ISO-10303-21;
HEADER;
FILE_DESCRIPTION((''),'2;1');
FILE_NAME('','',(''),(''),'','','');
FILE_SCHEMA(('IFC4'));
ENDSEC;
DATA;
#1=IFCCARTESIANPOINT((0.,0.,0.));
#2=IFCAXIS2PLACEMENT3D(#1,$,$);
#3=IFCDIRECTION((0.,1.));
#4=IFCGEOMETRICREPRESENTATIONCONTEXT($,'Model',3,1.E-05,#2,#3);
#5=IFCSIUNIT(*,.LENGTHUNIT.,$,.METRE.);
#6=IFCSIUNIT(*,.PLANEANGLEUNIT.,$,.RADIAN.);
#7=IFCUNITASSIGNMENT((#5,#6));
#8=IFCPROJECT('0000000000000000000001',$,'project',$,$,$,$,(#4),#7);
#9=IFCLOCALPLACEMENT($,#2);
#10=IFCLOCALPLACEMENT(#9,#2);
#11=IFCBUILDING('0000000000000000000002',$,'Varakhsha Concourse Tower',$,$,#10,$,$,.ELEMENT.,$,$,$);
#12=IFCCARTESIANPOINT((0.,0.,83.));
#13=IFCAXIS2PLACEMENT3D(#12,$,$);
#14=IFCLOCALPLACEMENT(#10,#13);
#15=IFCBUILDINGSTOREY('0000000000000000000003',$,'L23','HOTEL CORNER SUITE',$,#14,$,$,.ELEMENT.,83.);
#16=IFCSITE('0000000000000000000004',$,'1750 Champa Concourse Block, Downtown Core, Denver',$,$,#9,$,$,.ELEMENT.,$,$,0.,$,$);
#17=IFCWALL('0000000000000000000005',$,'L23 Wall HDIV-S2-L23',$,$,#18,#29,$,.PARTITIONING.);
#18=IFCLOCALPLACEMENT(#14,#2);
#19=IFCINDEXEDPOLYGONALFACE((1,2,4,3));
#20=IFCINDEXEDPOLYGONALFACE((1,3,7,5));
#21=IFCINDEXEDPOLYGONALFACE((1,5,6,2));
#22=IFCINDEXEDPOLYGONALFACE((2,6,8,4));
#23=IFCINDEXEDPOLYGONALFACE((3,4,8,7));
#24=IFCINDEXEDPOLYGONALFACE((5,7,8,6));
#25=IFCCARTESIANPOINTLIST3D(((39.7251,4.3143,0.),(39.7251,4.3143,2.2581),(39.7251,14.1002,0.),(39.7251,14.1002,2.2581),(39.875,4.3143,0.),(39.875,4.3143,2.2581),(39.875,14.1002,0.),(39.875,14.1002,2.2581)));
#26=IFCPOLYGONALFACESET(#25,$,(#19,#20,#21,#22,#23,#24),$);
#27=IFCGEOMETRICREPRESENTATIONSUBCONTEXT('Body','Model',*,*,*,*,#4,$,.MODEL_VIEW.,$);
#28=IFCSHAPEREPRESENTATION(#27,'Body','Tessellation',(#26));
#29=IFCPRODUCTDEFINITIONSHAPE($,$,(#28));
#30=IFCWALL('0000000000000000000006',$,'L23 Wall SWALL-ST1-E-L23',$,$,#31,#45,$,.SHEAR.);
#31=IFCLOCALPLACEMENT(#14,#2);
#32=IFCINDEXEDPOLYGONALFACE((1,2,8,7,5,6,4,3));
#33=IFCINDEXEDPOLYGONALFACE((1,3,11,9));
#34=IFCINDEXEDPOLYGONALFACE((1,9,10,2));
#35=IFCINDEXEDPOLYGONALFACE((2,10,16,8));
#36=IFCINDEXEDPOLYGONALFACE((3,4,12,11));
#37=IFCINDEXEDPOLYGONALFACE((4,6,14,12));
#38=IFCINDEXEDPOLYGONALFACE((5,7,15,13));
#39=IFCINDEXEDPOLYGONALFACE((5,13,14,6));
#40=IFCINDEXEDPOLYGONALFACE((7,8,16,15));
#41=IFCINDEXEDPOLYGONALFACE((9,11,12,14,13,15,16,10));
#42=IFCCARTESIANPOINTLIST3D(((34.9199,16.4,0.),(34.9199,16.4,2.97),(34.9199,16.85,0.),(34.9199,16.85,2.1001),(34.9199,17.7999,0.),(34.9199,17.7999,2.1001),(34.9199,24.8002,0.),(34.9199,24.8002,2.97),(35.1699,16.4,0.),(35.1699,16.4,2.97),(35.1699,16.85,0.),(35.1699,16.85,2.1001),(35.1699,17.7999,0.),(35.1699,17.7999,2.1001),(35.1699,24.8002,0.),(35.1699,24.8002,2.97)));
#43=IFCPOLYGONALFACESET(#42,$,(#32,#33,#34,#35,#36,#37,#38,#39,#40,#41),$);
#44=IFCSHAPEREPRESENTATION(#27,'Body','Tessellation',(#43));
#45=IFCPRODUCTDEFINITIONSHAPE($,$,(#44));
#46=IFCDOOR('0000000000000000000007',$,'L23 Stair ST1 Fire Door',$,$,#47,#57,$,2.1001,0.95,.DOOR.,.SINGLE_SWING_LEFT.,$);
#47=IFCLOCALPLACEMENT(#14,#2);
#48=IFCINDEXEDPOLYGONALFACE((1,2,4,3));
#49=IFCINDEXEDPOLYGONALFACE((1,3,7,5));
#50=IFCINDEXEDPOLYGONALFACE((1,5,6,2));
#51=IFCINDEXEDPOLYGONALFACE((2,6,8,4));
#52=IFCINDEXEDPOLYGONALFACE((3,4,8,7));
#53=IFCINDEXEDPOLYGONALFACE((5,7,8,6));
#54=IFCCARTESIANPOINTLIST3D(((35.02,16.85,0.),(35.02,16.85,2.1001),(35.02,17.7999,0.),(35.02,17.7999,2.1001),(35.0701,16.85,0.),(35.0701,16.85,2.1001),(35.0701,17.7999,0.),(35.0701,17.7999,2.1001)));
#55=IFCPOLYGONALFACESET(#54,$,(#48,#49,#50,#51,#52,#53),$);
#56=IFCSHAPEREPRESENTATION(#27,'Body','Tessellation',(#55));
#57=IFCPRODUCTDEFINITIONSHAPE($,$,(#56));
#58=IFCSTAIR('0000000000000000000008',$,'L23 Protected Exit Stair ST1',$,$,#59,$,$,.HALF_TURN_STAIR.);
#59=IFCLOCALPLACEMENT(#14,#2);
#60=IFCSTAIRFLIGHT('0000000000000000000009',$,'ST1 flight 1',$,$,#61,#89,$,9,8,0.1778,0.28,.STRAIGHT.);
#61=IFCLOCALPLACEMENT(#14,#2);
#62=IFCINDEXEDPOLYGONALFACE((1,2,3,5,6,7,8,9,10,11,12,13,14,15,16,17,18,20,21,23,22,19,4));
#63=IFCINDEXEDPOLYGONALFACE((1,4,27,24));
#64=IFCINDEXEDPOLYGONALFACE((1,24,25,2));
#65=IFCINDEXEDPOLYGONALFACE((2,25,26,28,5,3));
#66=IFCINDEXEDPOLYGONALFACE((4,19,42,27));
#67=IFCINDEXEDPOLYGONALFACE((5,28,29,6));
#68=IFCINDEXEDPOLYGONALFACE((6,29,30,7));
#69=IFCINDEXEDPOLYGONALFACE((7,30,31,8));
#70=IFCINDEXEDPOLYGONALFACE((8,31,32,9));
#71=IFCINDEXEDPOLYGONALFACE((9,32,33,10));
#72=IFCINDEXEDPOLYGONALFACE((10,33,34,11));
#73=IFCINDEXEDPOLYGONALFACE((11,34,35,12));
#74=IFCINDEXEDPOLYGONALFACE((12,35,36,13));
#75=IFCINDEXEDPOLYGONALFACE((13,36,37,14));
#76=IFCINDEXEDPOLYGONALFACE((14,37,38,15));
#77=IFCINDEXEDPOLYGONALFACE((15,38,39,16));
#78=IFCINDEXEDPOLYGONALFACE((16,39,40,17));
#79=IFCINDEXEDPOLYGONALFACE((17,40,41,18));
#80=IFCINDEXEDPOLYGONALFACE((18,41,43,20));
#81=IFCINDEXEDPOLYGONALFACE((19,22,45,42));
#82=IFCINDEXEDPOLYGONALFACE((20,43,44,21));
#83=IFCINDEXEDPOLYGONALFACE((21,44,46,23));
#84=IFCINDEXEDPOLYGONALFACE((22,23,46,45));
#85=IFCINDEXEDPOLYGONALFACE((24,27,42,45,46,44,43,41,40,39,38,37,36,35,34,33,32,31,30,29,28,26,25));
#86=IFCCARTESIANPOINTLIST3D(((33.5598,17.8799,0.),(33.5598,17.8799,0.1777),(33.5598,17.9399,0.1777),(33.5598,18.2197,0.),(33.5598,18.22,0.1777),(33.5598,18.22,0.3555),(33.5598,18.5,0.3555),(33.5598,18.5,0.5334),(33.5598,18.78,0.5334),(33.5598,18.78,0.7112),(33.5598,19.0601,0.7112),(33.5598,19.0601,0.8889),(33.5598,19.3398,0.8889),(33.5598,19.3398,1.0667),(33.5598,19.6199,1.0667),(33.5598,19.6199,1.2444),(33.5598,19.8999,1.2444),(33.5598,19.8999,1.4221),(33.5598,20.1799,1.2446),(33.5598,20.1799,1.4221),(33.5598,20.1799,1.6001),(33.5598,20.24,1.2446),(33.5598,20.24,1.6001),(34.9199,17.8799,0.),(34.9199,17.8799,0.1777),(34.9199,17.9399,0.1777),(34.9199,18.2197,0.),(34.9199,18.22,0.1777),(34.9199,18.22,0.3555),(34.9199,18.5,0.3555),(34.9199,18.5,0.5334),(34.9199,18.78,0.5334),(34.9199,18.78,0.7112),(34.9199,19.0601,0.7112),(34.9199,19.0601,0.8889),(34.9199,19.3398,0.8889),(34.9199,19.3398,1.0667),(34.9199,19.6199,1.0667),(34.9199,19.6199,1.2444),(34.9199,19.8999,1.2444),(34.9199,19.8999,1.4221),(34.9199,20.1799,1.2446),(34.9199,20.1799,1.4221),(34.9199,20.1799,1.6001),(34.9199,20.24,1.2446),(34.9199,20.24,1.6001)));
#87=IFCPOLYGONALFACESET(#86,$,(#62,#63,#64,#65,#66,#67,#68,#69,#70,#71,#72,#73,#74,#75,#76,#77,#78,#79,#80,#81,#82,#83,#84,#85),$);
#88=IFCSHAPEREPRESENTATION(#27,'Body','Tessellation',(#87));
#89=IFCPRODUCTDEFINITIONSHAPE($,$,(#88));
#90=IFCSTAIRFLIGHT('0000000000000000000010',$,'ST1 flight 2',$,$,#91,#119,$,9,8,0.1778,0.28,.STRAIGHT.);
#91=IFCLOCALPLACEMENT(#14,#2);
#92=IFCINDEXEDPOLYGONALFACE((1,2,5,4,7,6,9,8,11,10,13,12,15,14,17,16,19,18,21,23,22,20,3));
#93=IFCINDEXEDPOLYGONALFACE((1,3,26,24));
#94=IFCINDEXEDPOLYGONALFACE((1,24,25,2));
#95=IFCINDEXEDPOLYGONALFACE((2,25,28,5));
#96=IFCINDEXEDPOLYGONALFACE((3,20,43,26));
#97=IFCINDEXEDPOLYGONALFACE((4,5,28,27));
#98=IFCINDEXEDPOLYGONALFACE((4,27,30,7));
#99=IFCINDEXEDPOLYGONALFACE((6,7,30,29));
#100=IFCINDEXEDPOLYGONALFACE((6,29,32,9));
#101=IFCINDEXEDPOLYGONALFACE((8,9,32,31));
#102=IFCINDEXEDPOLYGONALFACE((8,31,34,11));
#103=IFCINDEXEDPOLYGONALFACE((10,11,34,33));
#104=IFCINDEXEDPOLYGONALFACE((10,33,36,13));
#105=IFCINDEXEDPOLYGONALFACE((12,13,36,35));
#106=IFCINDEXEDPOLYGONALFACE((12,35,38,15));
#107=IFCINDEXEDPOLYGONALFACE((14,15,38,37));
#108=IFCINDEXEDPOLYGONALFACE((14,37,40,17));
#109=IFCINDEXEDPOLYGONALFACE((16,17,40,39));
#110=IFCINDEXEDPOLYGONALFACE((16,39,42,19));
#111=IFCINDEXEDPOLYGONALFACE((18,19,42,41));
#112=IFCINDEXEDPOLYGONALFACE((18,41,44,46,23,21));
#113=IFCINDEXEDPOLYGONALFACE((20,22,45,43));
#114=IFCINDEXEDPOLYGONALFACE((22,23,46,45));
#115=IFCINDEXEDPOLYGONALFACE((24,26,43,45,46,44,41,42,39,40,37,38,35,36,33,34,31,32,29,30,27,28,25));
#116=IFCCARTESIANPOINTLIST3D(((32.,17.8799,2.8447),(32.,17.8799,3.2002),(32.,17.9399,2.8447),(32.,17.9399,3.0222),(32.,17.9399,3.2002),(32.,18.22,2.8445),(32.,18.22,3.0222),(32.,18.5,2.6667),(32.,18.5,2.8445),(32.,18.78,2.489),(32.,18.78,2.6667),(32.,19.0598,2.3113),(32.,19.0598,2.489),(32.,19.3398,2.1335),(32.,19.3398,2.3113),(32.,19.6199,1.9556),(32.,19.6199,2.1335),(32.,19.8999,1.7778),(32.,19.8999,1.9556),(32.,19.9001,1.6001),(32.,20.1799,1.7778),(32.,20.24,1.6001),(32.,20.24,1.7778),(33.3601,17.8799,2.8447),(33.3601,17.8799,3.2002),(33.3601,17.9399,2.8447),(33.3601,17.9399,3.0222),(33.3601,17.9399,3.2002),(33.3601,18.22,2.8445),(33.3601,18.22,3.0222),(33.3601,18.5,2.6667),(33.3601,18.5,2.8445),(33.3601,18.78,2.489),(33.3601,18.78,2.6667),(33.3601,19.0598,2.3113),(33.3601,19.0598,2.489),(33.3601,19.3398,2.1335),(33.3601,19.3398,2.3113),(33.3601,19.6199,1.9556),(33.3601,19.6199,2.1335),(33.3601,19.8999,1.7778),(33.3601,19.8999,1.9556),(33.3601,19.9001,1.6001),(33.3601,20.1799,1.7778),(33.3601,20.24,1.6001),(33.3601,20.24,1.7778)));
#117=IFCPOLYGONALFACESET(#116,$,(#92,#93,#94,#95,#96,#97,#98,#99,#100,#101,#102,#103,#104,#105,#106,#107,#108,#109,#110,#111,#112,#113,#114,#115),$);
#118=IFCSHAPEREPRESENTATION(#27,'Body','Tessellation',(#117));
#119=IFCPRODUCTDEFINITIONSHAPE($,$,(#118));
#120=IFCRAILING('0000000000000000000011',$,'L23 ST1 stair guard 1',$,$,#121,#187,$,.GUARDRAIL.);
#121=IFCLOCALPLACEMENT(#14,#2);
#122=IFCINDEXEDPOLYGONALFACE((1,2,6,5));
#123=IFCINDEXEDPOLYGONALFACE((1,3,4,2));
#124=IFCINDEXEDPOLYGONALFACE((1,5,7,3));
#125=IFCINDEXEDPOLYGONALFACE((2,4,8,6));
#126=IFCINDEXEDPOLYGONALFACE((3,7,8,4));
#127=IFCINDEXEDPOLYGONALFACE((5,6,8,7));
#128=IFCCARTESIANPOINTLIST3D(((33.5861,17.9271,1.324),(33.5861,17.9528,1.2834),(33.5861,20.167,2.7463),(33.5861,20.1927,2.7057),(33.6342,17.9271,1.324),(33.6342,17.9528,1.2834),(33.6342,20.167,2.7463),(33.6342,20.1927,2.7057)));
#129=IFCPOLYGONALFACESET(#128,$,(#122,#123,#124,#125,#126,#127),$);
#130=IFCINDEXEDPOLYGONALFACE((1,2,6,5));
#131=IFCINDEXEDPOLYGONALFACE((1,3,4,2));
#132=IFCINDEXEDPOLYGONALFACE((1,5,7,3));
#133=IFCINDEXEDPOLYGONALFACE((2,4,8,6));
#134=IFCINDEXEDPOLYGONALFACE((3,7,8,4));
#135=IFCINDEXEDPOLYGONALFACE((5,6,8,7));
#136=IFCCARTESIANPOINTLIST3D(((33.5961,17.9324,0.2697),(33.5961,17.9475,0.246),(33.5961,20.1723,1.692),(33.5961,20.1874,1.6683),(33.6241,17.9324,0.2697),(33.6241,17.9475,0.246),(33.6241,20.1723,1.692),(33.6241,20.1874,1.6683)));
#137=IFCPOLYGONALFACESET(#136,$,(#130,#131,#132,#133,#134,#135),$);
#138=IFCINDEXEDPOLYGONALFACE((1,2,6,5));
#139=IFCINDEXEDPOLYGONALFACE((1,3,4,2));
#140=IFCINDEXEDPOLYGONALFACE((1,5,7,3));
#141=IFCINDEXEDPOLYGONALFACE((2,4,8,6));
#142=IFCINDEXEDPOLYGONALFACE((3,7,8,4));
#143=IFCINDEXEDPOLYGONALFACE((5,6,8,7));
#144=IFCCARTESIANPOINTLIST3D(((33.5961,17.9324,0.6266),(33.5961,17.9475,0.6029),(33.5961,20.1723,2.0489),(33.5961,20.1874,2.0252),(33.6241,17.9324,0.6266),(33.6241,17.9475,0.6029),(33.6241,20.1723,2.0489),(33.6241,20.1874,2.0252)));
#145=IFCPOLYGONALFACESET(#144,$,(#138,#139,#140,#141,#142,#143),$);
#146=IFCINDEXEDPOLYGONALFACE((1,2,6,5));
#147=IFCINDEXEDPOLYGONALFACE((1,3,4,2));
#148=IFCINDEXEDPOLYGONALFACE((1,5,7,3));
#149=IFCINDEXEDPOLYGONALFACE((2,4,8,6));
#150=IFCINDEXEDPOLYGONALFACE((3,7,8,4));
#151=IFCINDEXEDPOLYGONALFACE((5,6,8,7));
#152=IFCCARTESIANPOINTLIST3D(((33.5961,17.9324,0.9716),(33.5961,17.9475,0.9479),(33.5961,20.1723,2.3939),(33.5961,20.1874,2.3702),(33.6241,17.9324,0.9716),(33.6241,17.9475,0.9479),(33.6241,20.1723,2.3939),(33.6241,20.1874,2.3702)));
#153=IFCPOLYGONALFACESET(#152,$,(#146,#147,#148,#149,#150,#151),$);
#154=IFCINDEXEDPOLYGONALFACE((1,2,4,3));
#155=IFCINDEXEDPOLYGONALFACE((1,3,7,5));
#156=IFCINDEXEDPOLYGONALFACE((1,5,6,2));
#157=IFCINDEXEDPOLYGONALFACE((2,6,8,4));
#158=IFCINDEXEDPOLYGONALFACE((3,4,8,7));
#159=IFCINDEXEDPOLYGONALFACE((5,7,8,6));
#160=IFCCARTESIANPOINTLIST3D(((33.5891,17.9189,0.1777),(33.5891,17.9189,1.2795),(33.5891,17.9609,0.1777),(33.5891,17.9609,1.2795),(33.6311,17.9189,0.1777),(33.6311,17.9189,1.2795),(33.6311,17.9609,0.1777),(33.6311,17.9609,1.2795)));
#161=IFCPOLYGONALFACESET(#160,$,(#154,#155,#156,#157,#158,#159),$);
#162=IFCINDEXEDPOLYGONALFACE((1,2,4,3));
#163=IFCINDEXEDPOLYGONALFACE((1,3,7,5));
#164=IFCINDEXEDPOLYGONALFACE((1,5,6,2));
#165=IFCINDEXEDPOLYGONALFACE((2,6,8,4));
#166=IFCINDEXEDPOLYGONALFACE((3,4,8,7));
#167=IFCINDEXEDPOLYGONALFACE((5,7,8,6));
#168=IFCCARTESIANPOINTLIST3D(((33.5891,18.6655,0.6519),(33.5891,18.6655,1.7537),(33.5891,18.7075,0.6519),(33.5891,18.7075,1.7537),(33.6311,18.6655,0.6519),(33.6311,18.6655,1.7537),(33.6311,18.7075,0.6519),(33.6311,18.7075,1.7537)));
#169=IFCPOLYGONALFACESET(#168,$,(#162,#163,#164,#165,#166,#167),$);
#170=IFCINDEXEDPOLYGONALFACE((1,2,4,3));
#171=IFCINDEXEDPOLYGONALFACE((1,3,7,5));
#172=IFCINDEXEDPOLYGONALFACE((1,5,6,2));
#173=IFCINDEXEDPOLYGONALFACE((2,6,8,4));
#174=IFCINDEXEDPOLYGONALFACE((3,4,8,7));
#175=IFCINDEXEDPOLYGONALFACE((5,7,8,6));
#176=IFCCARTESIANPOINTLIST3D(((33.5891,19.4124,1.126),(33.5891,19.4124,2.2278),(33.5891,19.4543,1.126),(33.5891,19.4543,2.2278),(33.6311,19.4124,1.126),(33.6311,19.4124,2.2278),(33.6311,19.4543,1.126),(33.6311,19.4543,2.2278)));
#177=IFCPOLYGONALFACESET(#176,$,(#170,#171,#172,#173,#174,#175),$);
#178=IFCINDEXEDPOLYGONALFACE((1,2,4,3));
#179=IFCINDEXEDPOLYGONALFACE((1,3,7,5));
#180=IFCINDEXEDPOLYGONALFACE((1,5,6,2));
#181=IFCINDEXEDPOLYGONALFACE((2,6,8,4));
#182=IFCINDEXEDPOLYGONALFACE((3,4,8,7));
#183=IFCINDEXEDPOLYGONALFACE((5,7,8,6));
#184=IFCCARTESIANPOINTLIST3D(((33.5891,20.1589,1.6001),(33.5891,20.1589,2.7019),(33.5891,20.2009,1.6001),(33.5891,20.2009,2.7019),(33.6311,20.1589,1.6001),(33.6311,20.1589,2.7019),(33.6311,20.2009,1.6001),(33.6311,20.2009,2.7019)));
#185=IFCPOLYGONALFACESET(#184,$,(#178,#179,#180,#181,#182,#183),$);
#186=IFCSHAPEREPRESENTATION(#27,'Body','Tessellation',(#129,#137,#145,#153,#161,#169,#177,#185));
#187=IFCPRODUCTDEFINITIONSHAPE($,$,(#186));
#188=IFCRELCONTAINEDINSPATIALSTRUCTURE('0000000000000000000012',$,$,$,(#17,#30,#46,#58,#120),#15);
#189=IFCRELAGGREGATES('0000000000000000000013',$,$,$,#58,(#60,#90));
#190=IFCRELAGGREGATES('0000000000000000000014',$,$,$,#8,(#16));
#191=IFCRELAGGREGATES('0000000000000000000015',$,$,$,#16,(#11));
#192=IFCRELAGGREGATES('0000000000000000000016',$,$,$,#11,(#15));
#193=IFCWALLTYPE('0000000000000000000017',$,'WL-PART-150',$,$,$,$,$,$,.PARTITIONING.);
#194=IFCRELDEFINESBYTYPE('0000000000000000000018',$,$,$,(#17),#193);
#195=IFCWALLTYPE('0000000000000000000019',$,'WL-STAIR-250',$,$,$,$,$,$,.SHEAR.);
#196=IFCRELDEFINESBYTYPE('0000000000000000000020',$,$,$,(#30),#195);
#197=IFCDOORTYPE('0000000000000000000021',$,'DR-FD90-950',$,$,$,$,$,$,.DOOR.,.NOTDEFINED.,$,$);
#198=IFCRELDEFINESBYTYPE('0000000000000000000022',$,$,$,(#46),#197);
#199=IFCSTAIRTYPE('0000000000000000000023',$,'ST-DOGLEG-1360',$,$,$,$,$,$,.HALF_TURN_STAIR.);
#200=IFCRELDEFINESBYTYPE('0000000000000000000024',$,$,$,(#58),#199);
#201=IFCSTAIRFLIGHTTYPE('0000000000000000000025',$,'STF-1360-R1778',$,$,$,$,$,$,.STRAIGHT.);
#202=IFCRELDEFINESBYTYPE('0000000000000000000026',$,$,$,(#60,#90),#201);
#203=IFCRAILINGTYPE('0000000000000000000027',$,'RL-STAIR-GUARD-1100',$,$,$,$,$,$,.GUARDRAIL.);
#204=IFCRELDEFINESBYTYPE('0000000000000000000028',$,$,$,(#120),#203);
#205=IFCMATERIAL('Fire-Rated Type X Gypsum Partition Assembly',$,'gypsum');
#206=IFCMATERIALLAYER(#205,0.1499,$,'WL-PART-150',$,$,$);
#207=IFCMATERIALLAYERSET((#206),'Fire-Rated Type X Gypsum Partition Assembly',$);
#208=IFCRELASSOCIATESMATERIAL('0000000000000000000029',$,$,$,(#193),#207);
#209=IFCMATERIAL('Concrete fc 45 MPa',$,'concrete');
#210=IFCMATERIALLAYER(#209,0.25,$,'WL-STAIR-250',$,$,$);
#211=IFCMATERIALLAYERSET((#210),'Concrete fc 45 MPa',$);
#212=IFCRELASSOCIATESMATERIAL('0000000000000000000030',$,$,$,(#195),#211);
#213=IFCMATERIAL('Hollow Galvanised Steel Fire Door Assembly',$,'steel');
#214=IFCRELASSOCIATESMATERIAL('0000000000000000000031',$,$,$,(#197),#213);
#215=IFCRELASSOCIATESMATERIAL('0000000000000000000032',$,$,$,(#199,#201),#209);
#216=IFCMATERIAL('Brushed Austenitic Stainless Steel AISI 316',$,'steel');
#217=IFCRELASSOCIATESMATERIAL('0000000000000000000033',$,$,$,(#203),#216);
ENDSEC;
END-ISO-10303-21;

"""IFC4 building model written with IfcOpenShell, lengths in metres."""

from ifc_helpers import new_model, si_unit, direction, frame, frame_2d, origin, origin_2d, place, context, subcontext, project, spatial, polyline, rectangle, outline, extrude, material, layer, layer_set, type_object, element, fill, aggregate, save


model = new_model("IFC4")

# Units and contexts
model_context = context("Model", 3, precision=1e-05, world=origin(), true_north=direction((0.0, 1.0)))
body_context = subcontext(model_context, "Body", "Model", "MODEL_VIEW")
ifc_project = project(units=[si_unit("LENGTHUNIT", "METRE"), si_unit("PLANEANGLEUNIT", "RADIAN")], contexts=[model_context])

# Site, building, storey
site_placement = place(None, origin())
site = spatial("IfcSite", under=ifc_project, at=site_placement, Name="1750 Champa Concourse Block, Downtown Core, Denver", CompositionType="ELEMENT", RefElevation=0.0)
building_placement = place(site_placement, origin())
building = spatial("IfcBuilding", under=site, at=building_placement, Name="Varakhsha Concourse Tower", CompositionType="ELEMENT")
storey_placement = place(building_placement, frame((0.0, 0.0, 83.0)))
storey = spatial("IfcBuildingStorey", under=building, at=storey_placement, Name="L23", Description="HOTEL CORNER SUITE", CompositionType="ELEMENT", Elevation=83.0)

# Shared definitions
ifc_material_1 = material(Name="Fire-Rated Type X Gypsum Partition Assembly", Category="gypsum")
ifc_material_2 = material(Name="Hollow Galvanised Steel Fire Door Assembly", Category="steel")

# Wall
ifc_layer_1 = layer(ifc_material_1, 0.1499, Name="WL-PART-150")
ifc_layer_set_1 = layer_set([ifc_layer_1], Name="Fire-Rated Type X Gypsum Partition Assembly")
wall_type_1 = type_object("IfcWallType", Name="WL-PART-150", PredefinedType="PARTITIONING", material=ifc_layer_set_1)
wall_1_placement = place(storey_placement, frame((39.8, 4.3142, 0.0), z_axis=(0.0, 0.0, 1.0), x_axis=(0.0, 1.0, 0.0)))
element("IfcWall", 1, at=wall_1_placement, inside=storey, type_object=wall_type_1, Name="L23 Wall HDIV-S2-L23", PredefinedType="PARTITIONING", context=body_context, shape_type="SweptSolid", body=[
    extrude(rectangle(XDim=9.7859, YDim=0.1499, at=frame_2d((4.8931, 0.0))), origin(), (0.0, 0.0, 1.0), 2.2581),
])

# Wall, opening, door
ifc_material_3 = material(Name="Concrete fc 45 MPa", Category="concrete")
ifc_layer_2 = layer(ifc_material_3, 0.25, Name="WL-STAIR-250")
ifc_layer_set_2 = layer_set([ifc_layer_2], Name="Concrete fc 45 MPa")
wall_type_2 = type_object("IfcWallType", Name="WL-STAIR-250", PredefinedType="SHEAR", material=ifc_layer_set_2)
wall_2_placement = place(storey_placement, frame((35.0449, 16.3999, 0.0), z_axis=(0.0, 0.0, 1.0), x_axis=(0.0, 1.0, 0.0)))
wall_2 = element("IfcWall", 2, at=wall_2_placement, inside=storey, type_object=wall_type_2, Name="L23 Wall SWALL-ST1-E-L23", PredefinedType="SHEAR", context=body_context, shape_type="SweptSolid", body=[
    extrude(rectangle(XDim=8.4001, YDim=0.25, at=frame_2d((4.2002, 0.0))), origin(), (0.0, 0.0, 1.0), 2.97),
])
opening_1_placement = place(wall_2_placement, frame((0.45, 0.0, 0.0)))
opening_1 = element("IfcOpeningElement", 3, at=opening_1_placement, cuts=wall_2, PredefinedType="OPENING", context=body_context, shape_type="SweptSolid", body=[
    extrude(rectangle(XDim=0.95, YDim=2.1001, at=frame_2d((0.4751, 1.05))), frame((0.0, 0.135, 0.0), z_axis=(0.0, -1.0, 0.0), x_axis=(1.0, 0.0, 0.0)), (0.0, 0.0, 1.0), 0.27),
])
door_type_1 = type_object("IfcDoorType", Name="DR-FD90-950", OperationType="NOTDEFINED", PredefinedType="DOOR", material=ifc_material_2)
door_1_placement = place(opening_1_placement, origin())
door_1 = element("IfcDoor", 4, at=door_1_placement, inside=storey, type_object=door_type_1, Name="L23 Stair ST1 Fire Door", OperationType="SINGLE_SWING_LEFT", OverallHeight=2.1001, OverallWidth=0.95, PredefinedType="DOOR", context=body_context, shape_type="SweptSolid", body=[
    extrude(rectangle(XDim=0.95, YDim=2.1001, at=frame_2d((0.4751, 1.05))), frame((0.0, 0.0249, 0.0), z_axis=(0.0, -1.0, 0.0), x_axis=(1.0, 0.0, 0.0)), (0.0, 0.0, 1.0), 0.05),
])
fill(opening_1, door_1)

# Stair, stair flights
stair_type = type_object("IfcStairType", Name="ST-DOGLEG-1360", PredefinedType="HALF_TURN_STAIR", material=ifc_material_3)
stair_placement = place(storey_placement, origin())
stair = element("IfcStair", 5, at=stair_placement, inside=storey, type_object=stair_type, Name="L23 Protected Exit Stair ST1", PredefinedType="HALF_TURN_STAIR")
stair_flight_type = type_object("IfcStairFlightType", Name="STF-1360-R1778", PredefinedType="STRAIGHT", material=ifc_material_3)
stair_flight_1_placement = place(storey_placement, frame((34.24, 17.9399, 0.0), z_axis=(0.0, 0.0, 1.0), x_axis=(0.0, 1.0, 0.0)))
stair_flight_1 = element("IfcStairFlight", 6, at=stair_flight_1_placement, type_object=stair_flight_type, Name="ST1 flight 1", NumberOfRisers=9, NumberOfTreads=8, PredefinedType="STRAIGHT", RiserHeight=0.1778, TreadLength=0.28, context=body_context, shape_type="SweptSolid", body=[
    extrude(outline(polyline([(-0.0601, 0.0), (-0.0601, 0.1777), (0.0, 0.1777), (0.28, 0.1777), (0.28, 0.3555), (0.5601, 0.3555), (0.5601, 0.5334), (0.8401, 0.5334), (0.8401, 0.7112), (1.1201, 0.7112), (1.1201, 0.8889), (1.3999, 0.8889), (1.3999, 1.0667), (1.6799, 1.0667), (1.6799, 1.2444), (1.96, 1.2444), (1.96, 1.4221), (2.24, 1.4221), (2.24, 1.6001), (2.3, 1.6001), (2.3, 1.2446), (2.24, 1.2446), (0.2798, 0.0), (-0.0601, 0.0)])), frame((0.0, 0.6802, 0.0), z_axis=(0.0, -1.0, 0.0), x_axis=(1.0, 0.0, 0.0)), (0.0, 0.0, 1.0), 1.3601),
])
stair_flight_2_placement = place(storey_placement, frame((32.6799, 20.1799, 1.6001), z_axis=(0.0, 0.0, 1.0), x_axis=(0.0, -1.0, 0.0)))
stair_flight_2 = element("IfcStairFlight", 7, at=stair_flight_2_placement, type_object=stair_flight_type, Name="ST1 flight 2", NumberOfRisers=9, NumberOfTreads=8, PredefinedType="STRAIGHT", RiserHeight=0.1778, TreadLength=0.28, context=body_context, shape_type="SweptSolid", body=[
    extrude(outline(polyline([(-0.0601, 0.0), (-0.0601, 0.1777), (0.0, 0.1777), (0.28, 0.1777), (0.28, 0.3555), (0.5601, 0.3555), (0.5601, 0.5334), (0.8401, 0.5334), (0.8401, 0.7112), (1.1201, 0.7112), (1.1201, 0.8889), (1.3999, 0.8889), (1.3999, 1.0667), (1.6799, 1.0667), (1.6799, 1.2444), (1.96, 1.2444), (1.96, 1.4221), (2.24, 1.4221), (2.24, 1.6001), (2.3, 1.6001), (2.3, 1.2446), (2.24, 1.2446), (0.2798, 0.0), (-0.0601, 0.0)])), frame((0.0, 0.6802, 0.0), z_axis=(0.0, -1.0, 0.0), x_axis=(1.0, 0.0, 0.0)), (0.0, 0.0, 1.0), 1.3601),
])
aggregate(stair, [stair_flight_1, stair_flight_2])

# Railing
ifc_material_4 = material(Name="Brushed Austenitic Stainless Steel AISI 316", Category="steel")
railing_type_1 = type_object("IfcRailingType", Name="RL-STAIR-GUARD-1100", PredefinedType="GUARDRAIL", material=ifc_material_4)
railing_1_placement = place(storey_placement, frame((33.6101, 17.9399, 0.1777)))
element("IfcRailing", 8, at=railing_1_placement, inside=storey, type_object=railing_type_1, Name="L23 ST1 stair guard 1", PredefinedType="GUARDRAIL", context=body_context, shape_type="SweptSolid", body=[
    extrude(rectangle(XDim=0.0481, YDim=0.0481, at=origin_2d()), frame((0.0, 0.0, 1.126), z_axis=(0.0, 0.844188, 0.536048), x_axis=(-1.0, 0.0, 0.0)), (0.0, 0.0, 1.0), 2.6533),
    extrude(rectangle(XDim=0.0281, YDim=0.0281, at=origin_2d()), frame((0.0, 0.0, 0.0801), z_axis=(0.0, 0.844188, 0.536048), x_axis=(-1.0, 0.0, 0.0)), (0.0, 0.0, 1.0), 2.6533),
    extrude(rectangle(XDim=0.0281, YDim=0.0281, at=origin_2d()), frame((0.0, 0.0, 0.437), z_axis=(0.0, 0.844188, 0.536048), x_axis=(-1.0, 0.0, 0.0)), (0.0, 0.0, 1.0), 2.6533),
    extrude(rectangle(XDim=0.0281, YDim=0.0281, at=origin_2d()), frame((0.0, 0.0, 0.782), z_axis=(0.0, 0.844188, 0.536048), x_axis=(-1.0, 0.0, 0.0)), (0.0, 0.0, 1.0), 2.6533),
    extrude(rectangle(XDim=0.042, YDim=0.042, at=origin_2d()), origin(), (0.0, 0.0, 1.0), 1.1018),
    extrude(rectangle(XDim=0.042, YDim=0.042, at=origin_2d()), frame((0.0, 0.7466, 0.4741)), (0.0, 0.0, 1.0), 1.1018),
    extrude(rectangle(XDim=0.042, YDim=0.042, at=origin_2d()), frame((0.0, 1.4934, 0.9482)), (0.0, 0.0, 1.0), 1.1018),
    extrude(rectangle(XDim=0.042, YDim=0.042, at=origin_2d()), frame((0.0, 2.24, 1.4224)), (0.0, 0.0, 1.0), 1.1018),
])

save(model, "model.ifc")
